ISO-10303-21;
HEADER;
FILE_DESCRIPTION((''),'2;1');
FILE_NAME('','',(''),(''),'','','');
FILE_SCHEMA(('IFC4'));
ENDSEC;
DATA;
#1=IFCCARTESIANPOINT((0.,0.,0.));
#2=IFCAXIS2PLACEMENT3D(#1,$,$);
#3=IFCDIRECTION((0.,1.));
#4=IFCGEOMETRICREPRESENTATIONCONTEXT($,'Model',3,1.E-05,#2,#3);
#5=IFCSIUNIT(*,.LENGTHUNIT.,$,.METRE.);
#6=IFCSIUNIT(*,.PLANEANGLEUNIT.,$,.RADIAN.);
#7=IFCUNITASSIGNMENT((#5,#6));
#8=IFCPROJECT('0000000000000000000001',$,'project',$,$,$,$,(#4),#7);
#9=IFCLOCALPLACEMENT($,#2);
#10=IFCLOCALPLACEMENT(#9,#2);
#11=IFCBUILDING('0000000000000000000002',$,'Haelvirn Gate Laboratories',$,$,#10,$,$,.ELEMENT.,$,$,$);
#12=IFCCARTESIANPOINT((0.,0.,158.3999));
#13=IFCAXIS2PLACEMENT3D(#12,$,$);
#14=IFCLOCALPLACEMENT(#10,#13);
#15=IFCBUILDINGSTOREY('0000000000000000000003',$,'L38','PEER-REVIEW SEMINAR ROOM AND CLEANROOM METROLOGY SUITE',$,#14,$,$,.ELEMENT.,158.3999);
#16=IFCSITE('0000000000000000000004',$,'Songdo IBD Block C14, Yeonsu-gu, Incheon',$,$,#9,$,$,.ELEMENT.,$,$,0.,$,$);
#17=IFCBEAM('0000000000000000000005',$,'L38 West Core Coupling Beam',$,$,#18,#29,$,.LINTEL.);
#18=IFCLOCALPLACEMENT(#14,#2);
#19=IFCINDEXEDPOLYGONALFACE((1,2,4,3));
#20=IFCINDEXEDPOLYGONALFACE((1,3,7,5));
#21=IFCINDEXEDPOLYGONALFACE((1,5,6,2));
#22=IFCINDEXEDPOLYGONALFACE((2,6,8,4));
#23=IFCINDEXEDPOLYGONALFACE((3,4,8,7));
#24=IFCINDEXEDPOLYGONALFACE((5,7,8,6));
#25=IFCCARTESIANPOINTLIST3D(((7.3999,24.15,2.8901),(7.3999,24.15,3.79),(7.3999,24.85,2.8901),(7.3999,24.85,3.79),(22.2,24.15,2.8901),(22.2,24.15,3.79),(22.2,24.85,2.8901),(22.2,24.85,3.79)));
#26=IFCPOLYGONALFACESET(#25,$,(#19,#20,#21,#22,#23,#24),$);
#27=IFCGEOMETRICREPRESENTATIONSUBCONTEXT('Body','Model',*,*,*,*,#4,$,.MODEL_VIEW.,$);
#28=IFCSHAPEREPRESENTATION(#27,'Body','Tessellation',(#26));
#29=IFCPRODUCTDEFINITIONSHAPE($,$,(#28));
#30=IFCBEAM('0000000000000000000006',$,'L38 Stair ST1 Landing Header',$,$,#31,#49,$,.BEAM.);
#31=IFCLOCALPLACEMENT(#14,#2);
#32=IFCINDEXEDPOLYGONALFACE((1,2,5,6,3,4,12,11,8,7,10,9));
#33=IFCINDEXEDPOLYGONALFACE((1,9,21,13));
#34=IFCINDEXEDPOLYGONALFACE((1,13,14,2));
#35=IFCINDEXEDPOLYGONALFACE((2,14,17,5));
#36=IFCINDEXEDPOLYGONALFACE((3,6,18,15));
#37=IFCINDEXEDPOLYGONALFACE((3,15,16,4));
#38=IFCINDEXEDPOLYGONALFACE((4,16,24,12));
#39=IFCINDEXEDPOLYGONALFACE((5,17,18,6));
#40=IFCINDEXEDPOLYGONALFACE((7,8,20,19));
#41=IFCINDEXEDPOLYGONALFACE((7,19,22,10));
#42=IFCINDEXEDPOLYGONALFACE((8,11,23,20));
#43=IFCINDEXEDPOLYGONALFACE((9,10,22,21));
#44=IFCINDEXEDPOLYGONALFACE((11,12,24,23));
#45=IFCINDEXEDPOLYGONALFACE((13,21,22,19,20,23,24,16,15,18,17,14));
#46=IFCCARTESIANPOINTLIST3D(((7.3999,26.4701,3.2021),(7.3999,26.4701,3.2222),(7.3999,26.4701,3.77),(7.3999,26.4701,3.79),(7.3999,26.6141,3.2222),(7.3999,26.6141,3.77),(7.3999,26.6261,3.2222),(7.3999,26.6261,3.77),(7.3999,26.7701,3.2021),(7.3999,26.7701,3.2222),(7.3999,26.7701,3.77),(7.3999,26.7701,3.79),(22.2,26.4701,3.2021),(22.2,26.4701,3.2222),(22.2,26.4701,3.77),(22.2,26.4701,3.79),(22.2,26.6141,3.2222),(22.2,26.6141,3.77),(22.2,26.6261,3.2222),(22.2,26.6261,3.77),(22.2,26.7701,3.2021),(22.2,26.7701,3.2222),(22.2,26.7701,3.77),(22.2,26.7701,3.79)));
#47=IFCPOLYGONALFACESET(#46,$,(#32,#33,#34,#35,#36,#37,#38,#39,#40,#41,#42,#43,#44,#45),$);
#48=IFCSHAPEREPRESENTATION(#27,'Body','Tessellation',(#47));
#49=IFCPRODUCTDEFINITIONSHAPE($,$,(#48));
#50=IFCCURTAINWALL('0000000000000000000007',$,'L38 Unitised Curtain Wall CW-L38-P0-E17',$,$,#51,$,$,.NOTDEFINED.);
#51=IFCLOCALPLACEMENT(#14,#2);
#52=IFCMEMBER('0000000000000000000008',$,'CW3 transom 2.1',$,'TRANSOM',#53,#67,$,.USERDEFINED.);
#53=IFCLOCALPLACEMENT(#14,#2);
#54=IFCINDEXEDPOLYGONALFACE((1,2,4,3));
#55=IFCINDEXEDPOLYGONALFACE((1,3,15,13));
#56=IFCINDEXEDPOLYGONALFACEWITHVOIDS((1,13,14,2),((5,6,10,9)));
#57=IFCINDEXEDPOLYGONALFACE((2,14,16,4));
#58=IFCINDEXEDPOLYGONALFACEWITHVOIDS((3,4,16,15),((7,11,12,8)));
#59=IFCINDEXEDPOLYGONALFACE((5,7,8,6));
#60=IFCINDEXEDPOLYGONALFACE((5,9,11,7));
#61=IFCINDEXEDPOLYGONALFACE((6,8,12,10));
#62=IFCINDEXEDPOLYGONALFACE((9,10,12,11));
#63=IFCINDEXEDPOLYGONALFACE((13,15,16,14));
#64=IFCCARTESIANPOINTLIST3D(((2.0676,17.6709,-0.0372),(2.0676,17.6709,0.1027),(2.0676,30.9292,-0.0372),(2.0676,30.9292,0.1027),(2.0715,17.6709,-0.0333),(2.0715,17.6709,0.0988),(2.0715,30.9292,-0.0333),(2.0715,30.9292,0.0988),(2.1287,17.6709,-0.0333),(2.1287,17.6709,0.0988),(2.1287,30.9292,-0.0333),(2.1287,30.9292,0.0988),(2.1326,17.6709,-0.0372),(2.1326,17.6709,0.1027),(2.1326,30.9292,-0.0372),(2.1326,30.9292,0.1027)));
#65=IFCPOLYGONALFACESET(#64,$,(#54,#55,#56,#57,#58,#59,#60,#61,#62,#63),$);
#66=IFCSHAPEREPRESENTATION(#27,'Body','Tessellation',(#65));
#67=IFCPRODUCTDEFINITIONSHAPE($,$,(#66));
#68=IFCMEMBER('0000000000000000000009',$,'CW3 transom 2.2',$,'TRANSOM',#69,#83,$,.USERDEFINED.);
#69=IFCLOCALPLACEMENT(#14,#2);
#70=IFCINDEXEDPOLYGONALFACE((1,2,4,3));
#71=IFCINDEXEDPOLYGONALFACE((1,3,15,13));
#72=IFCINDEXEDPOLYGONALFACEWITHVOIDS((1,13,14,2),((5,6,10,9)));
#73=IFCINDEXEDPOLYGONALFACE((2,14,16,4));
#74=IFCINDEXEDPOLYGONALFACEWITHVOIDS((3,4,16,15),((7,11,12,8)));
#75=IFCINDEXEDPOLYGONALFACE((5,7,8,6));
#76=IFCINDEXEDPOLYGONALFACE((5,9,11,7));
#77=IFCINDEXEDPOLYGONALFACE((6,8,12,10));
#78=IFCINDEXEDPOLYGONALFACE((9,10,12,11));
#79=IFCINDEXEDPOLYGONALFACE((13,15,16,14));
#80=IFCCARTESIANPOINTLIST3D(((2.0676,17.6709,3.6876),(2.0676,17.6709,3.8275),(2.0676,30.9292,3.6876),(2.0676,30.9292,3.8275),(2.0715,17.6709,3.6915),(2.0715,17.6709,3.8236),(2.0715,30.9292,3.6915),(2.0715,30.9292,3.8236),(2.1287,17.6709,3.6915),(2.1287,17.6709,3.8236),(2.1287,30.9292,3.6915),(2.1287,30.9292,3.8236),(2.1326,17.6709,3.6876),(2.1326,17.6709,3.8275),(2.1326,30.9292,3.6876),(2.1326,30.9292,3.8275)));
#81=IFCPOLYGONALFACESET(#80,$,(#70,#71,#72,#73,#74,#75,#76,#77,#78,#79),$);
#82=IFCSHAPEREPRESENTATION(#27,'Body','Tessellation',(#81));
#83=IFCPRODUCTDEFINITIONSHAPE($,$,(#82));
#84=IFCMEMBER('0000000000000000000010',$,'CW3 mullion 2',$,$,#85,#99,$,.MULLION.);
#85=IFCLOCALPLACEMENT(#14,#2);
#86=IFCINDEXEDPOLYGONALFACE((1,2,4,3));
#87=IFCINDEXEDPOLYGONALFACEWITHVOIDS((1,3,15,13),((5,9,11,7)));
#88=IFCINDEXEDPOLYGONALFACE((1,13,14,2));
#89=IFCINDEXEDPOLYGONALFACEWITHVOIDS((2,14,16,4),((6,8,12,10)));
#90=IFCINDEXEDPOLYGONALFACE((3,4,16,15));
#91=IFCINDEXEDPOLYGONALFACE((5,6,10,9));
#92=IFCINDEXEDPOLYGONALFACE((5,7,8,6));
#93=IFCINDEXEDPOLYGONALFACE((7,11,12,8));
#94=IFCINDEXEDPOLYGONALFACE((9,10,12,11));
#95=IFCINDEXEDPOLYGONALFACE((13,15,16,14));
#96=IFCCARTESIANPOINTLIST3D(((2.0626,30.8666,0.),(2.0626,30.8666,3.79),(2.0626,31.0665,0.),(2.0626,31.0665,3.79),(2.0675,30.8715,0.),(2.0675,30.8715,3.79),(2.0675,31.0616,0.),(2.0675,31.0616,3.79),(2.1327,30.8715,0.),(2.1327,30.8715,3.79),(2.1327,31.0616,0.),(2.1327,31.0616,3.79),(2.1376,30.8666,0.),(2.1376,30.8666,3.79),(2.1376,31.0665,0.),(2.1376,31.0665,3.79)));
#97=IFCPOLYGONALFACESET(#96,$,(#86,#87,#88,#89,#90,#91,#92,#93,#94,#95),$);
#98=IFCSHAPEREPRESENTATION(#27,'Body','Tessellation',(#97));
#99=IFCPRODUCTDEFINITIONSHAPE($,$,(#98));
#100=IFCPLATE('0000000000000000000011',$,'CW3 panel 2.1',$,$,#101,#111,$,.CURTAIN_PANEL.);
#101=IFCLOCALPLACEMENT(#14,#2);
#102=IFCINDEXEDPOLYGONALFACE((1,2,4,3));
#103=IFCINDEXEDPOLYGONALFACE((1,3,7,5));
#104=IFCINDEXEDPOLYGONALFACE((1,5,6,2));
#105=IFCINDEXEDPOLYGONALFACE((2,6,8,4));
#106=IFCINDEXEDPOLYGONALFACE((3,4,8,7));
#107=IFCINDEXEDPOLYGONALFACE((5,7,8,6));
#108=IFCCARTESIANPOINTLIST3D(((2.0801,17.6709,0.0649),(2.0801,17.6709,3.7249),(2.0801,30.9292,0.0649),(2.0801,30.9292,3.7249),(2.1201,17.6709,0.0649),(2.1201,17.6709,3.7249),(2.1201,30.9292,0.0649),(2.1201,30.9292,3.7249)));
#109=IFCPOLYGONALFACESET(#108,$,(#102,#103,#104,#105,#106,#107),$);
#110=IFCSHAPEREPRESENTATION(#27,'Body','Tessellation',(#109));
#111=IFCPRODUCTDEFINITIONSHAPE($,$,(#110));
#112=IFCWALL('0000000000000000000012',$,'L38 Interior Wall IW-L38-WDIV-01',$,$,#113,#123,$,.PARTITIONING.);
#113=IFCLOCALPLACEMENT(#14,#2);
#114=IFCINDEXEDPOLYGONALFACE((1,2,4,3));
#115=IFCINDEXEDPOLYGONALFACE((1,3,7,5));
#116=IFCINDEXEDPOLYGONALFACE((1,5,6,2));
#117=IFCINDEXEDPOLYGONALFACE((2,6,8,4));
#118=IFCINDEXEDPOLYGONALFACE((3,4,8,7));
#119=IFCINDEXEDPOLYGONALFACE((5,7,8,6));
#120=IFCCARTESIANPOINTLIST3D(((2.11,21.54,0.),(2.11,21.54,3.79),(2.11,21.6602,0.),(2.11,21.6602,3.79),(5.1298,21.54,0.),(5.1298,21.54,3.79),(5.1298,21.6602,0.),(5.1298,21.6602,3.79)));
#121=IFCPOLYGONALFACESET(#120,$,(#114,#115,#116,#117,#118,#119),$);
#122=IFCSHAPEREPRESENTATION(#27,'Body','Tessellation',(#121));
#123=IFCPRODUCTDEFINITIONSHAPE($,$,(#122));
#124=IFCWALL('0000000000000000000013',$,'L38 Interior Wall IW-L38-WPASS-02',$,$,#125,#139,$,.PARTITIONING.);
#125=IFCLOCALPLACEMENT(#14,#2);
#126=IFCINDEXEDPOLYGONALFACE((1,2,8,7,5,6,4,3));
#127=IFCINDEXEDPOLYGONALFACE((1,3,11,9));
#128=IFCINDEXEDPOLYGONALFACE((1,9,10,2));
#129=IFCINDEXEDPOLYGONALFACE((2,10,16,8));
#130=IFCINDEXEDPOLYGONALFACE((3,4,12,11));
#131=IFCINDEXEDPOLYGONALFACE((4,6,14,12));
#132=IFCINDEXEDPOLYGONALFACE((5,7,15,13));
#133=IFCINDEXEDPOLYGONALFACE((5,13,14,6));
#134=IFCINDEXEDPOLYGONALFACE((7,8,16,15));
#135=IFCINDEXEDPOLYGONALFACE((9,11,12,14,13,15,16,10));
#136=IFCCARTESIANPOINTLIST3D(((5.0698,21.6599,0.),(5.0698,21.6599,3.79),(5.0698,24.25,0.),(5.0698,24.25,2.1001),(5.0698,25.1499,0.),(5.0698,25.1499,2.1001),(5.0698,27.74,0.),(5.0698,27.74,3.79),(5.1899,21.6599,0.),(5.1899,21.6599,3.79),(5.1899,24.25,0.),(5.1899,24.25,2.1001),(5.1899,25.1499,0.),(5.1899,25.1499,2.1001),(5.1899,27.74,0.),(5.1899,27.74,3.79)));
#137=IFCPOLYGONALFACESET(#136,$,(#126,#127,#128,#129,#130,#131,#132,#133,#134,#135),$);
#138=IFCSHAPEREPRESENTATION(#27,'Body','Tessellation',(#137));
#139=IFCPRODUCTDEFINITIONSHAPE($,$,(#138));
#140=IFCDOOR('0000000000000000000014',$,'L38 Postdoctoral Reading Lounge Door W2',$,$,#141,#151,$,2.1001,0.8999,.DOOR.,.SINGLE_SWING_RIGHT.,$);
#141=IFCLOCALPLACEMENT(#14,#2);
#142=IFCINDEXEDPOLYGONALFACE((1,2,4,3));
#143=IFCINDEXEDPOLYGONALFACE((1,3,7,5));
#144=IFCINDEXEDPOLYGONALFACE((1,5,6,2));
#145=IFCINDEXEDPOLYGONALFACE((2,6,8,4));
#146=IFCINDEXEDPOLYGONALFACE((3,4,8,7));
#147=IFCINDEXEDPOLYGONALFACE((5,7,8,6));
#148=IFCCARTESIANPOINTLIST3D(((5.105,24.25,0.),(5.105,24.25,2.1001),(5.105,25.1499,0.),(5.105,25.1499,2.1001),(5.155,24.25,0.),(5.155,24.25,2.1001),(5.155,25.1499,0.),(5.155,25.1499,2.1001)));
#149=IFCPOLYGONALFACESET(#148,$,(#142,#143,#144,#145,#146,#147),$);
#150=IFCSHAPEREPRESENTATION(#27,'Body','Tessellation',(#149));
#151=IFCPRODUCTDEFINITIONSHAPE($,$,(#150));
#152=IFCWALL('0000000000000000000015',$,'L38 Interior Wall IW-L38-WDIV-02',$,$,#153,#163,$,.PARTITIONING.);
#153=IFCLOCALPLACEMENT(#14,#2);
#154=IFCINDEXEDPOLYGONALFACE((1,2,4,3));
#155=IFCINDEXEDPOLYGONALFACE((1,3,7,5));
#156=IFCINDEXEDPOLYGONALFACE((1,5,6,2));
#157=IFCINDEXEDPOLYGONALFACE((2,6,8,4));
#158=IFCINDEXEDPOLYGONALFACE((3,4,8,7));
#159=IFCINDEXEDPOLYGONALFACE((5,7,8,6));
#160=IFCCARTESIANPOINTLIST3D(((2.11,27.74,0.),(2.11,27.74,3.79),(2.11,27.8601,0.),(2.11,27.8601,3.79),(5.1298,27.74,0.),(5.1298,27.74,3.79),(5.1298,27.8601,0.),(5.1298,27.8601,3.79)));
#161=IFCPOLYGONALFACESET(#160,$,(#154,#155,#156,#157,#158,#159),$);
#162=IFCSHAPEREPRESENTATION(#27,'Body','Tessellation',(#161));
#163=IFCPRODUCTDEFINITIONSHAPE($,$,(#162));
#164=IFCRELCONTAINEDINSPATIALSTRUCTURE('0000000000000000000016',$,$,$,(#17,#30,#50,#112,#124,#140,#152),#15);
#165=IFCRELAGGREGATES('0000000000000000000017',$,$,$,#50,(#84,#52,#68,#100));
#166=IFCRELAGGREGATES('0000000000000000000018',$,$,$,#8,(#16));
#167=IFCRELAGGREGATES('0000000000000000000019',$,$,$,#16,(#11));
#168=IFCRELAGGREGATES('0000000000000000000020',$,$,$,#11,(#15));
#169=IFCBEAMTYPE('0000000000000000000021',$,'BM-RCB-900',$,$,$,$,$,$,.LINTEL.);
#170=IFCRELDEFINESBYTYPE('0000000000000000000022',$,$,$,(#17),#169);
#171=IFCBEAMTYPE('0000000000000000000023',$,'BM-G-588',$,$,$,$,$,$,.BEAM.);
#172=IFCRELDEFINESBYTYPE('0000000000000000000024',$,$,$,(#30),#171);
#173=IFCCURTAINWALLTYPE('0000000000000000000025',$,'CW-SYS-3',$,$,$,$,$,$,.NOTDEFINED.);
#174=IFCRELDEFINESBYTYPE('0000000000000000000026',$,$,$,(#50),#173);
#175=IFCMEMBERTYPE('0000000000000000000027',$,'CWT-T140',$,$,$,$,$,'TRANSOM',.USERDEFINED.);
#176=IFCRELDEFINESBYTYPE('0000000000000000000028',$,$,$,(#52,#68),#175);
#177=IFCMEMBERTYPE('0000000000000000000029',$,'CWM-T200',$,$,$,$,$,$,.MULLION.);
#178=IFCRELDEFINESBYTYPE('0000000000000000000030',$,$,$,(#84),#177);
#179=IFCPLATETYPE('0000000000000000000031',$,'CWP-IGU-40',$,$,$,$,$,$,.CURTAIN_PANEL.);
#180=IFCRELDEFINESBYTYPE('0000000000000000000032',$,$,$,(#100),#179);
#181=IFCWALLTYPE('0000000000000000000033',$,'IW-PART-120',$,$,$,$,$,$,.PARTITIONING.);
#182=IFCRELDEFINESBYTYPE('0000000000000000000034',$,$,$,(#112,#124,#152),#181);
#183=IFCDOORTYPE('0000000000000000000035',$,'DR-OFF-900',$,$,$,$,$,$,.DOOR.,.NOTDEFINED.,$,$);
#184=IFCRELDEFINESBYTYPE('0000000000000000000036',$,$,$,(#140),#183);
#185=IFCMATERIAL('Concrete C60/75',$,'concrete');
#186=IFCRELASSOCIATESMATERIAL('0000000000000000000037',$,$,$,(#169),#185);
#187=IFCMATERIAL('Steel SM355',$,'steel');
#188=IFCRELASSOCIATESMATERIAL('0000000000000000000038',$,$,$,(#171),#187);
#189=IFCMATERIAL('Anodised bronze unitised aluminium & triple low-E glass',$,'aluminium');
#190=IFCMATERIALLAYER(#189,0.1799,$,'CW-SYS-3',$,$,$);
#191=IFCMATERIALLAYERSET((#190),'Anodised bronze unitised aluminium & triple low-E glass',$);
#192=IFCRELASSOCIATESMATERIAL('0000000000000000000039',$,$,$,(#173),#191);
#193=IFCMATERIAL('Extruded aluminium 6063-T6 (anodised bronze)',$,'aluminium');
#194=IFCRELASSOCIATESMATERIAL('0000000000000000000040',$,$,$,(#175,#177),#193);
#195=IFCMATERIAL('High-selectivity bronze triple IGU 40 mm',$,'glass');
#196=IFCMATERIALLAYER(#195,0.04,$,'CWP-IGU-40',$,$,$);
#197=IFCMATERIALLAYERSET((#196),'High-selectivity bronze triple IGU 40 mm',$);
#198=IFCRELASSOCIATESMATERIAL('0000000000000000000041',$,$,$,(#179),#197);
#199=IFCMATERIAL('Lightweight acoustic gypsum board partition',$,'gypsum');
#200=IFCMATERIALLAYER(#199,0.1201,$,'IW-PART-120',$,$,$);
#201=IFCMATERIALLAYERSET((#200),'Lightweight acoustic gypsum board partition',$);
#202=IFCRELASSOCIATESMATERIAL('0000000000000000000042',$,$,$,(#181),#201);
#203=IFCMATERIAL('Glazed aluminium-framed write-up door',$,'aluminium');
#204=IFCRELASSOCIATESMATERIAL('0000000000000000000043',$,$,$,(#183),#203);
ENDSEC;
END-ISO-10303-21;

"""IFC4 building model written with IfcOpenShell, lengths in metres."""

from ifc_helpers import new_model, si_unit, direction, frame, frame_2d, origin, origin_2d, place, context, subcontext, project, spatial, rectangle, hollow_rectangle, i_section, extrude, source, transform, mapped, material, layer, layer_set, material_profile, profile_set, type_object, type_shapes, element, fill, aggregate, save


model = new_model("IFC4")

# Units and contexts
model_context = context("Model", 3, precision=1e-05, world=origin(), true_north=direction((0.0, 1.0)))
body_context = subcontext(model_context, "Body", "Model", "MODEL_VIEW")
ifc_project = project(units=[si_unit("LENGTHUNIT", "METRE"), si_unit("PLANEANGLEUNIT", "RADIAN")], contexts=[model_context])

# Site, building, storey
site_placement = place(None, origin())
site = spatial("IfcSite", under=ifc_project, at=site_placement, Name="Songdo IBD Block C14, Yeonsu-gu, Incheon", CompositionType="ELEMENT", RefElevation=0.0)
building_placement = place(site_placement, origin())
building = spatial("IfcBuilding", under=site, at=building_placement, Name="Haelvirn Gate Laboratories", CompositionType="ELEMENT")
storey_placement = place(building_placement, frame((0.0, 0.0, 158.3999)))
storey = spatial("IfcBuildingStorey", under=building, at=storey_placement, Name="L38", Description="PEER-REVIEW SEMINAR ROOM AND CLEANROOM METROLOGY SUITE", CompositionType="ELEMENT", Elevation=158.3999)

# Beams
ifc_material_1 = material(Name="Concrete C60/75", Category="concrete")
ifc_material_profile_1 = material_profile(ifc_material_1, rectangle(XDim=0.7, YDim=0.8999, at=origin_2d()), Name="RCB-700x900")
ifc_profile_set_1 = profile_set([ifc_material_profile_1], Name="Concrete C60/75")
beam_type_1 = type_object("IfcBeamType", Name="BM-RCB-900", PredefinedType="LINTEL", material=ifc_profile_set_1)
shared_shape_1 = source(origin(), body_context, "Body", "SweptSolid", [
    extrude(rectangle(XDim=0.7, YDim=0.8999, at=origin_2d()), origin(), (0.0, 0.0, 1.0), 14.8),
])
type_shapes(beam_type_1, [shared_shape_1])
beam_1_placement = place(storey_placement, frame((7.3999, 24.5, 3.3401), z_axis=(1.0, 0.0, 0.0), x_axis=(0.0, 1.0, 0.0)))
element("IfcBeam", 1, at=beam_1_placement, inside=storey, type_object=beam_type_1, Name="L38 West Core Coupling Beam", PredefinedType="LINTEL", context=body_context, shape_type="MappedRepresentation", body=[
    mapped(shared_shape_1, transform((0.0, 0.0, 0.0), scale=1.0)),
])
ifc_material_2 = material(Name="Steel SM355", Category="steel")
ifc_material_profile_2 = material_profile(ifc_material_2, i_section(OverallWidth=0.3, OverallDepth=0.5879, WebThickness=0.012, FlangeThickness=0.02, at=origin_2d()), Name="H-588x300x12x20")
ifc_profile_set_2 = profile_set([ifc_material_profile_2], Name="Steel SM355")
beam_type_2 = type_object("IfcBeamType", Name="BM-G-588", PredefinedType="BEAM", material=ifc_profile_set_2)
shared_shape_2 = source(origin(), body_context, "Body", "SweptSolid", [
    extrude(i_section(OverallWidth=0.3, OverallDepth=0.5879, WebThickness=0.012, FlangeThickness=0.02, at=origin_2d()), origin(), (0.0, 0.0, 1.0), 14.8),
])
type_shapes(beam_type_2, [shared_shape_2])
beam_2_placement = place(storey_placement, frame((7.3999, 26.6201, 3.4961), z_axis=(1.0, 0.0, 0.0), x_axis=(0.0, 1.0, 0.0)))
element("IfcBeam", 2, at=beam_2_placement, inside=storey, type_object=beam_type_2, Name="L38 Stair ST1 Landing Header", PredefinedType="BEAM", context=body_context, shape_type="MappedRepresentation", body=[
    mapped(shared_shape_2, transform((0.0, 0.0, 0.0), scale=1.0)),
])

# Curtain wall, members, plate
ifc_material_3 = material(Name="Anodised bronze unitised aluminium & triple low-E glass", Category="aluminium")
ifc_layer_1 = layer(ifc_material_3, 0.1799, Name="CW-SYS-3")
ifc_layer_set_1 = layer_set([ifc_layer_1], Name="Anodised bronze unitised aluminium & triple low-E glass")
curtain_wall_type = type_object("IfcCurtainWallType", Name="CW-SYS-3", PredefinedType="NOTDEFINED", material=ifc_layer_set_1)
curtain_wall_placement = place(storey_placement, origin())
curtain_wall = element("IfcCurtainWall", 3, at=curtain_wall_placement, inside=storey, type_object=curtain_wall_type, Name="L38 Unitised Curtain Wall CW-L38-P0-E17", PredefinedType="NOTDEFINED")
ifc_material_4 = material(Name="Extruded aluminium 6063-T6 (anodised bronze)", Category="aluminium")
ifc_material_profile_3 = material_profile(ifc_material_4, hollow_rectangle(XDim=0.0649, YDim=0.1399, WallThickness=0.0039, at=origin_2d()), Name="CWT-140x65x4")
ifc_profile_set_3 = profile_set([ifc_material_profile_3], Name="Extruded aluminium 6063-T6 (anodised bronze)")
member_type_1 = type_object("IfcMemberType", Name="CWT-T140", ElementType="TRANSOM", PredefinedType="USERDEFINED", material=ifc_profile_set_3)
shared_shape_3 = source(origin(), body_context, "Body", "SweptSolid", [
    extrude(hollow_rectangle(XDim=0.0649, YDim=0.1399, WallThickness=0.0039, at=origin_2d()), origin(), (0.0, 0.0, 1.0), 13.2583),
])
type_shapes(member_type_1, [shared_shape_3])
member_1_placement = place(storey_placement, frame((2.1001, 30.9292, 0.0327), z_axis=(0.0, -1.0, 0.0), x_axis=(1.0, 0.0, 0.0)))
member_1 = element("IfcMember", 4, at=member_1_placement, type_object=member_type_1, Name="CW3 transom 2.1", ObjectType="TRANSOM", PredefinedType="USERDEFINED", context=body_context, shape_type="MappedRepresentation", body=[
    mapped(shared_shape_3, transform((0.0, 0.0, 0.0), scale=1.0)),
])
member_2_placement = place(storey_placement, frame((2.1001, 30.9292, 3.7576), z_axis=(0.0, -1.0, 0.0), x_axis=(1.0, 0.0, 0.0)))
member_2 = element("IfcMember", 5, at=member_2_placement, type_object=member_type_1, Name="CW3 transom 2.2", ObjectType="TRANSOM", PredefinedType="USERDEFINED", context=body_context, shape_type="MappedRepresentation", body=[
    mapped(shared_shape_3, transform((0.0, 0.0, 0.0), scale=1.0)),
])
ifc_material_profile_4 = material_profile(ifc_material_4, hollow_rectangle(XDim=0.075, YDim=0.2, WallThickness=0.0049, at=origin_2d()), Name="CWM-200x75x5")
ifc_profile_set_4 = profile_set([ifc_material_profile_4], Name="Extruded aluminium 6063-T6 (anodised bronze)")
member_type_2 = type_object("IfcMemberType", Name="CWM-T200", PredefinedType="MULLION", material=ifc_profile_set_4)
shared_shape_4 = source(origin(), body_context, "Body", "SweptSolid", [
    extrude(hollow_rectangle(XDim=0.075, YDim=0.2, WallThickness=0.0049, at=origin_2d()), origin(), (0.0, 0.0, 1.0), 3.79),
])
type_shapes(member_type_2, [shared_shape_4])
member_3_placement = place(storey_placement, frame((2.1001, 30.9666, 0.0), z_axis=(0.0, 0.0, 1.0), x_axis=(1.0, 0.0, 0.0)))
member_3 = element("IfcMember", 6, at=member_3_placement, type_object=member_type_2, Name="CW3 mullion 2", PredefinedType="MULLION", context=body_context, shape_type="MappedRepresentation", body=[
    mapped(shared_shape_4, transform((0.0, 0.0, 0.0), scale=1.0)),
])
ifc_material_5 = material(Name="High-selectivity bronze triple IGU 40 mm", Category="glass")
ifc_layer_2 = layer(ifc_material_5, 0.04, Name="CWP-IGU-40")
ifc_layer_set_2 = layer_set([ifc_layer_2], Name="High-selectivity bronze triple IGU 40 mm")
plate_type = type_object("IfcPlateType", Name="CWP-IGU-40", PredefinedType="CURTAIN_PANEL", material=ifc_layer_set_2)
shared_shape_5 = source(origin(), body_context, "Body", "SweptSolid", [
    extrude(rectangle(XDim=13.2583, YDim=0.04, at=origin_2d()), origin(), (0.0, 0.0, 1.0), 3.6599),
])
type_shapes(plate_type, [shared_shape_5])
plate_placement = place(storey_placement, frame((2.1001, 24.3, 0.0649), z_axis=(0.0, 0.0, 1.0), x_axis=(0.0, -1.0, 0.0)))
plate = element("IfcPlate", 7, at=plate_placement, type_object=plate_type, Name="CW3 panel 2.1", PredefinedType="CURTAIN_PANEL", context=body_context, shape_type="MappedRepresentation", body=[
    mapped(shared_shape_5, transform((0.0, 0.0, 0.0), scale=1.0)),
])
aggregate(curtain_wall, [member_3, member_1, member_2, plate])

# Wall
ifc_material_6 = material(Name="Lightweight acoustic gypsum board partition", Category="gypsum")
ifc_layer_3 = layer(ifc_material_6, 0.1201, Name="IW-PART-120")
ifc_layer_set_3 = layer_set([ifc_layer_3], Name="Lightweight acoustic gypsum board partition")
wall_type_1 = type_object("IfcWallType", Name="IW-PART-120", PredefinedType="PARTITIONING", material=ifc_layer_set_3)
wall_1_placement = place(storey_placement, frame((2.1101, 21.6001, 0.0), z_axis=(0.0, 0.0, 1.0), x_axis=(1.0, 0.0, 0.0)))
element("IfcWall", 8, at=wall_1_placement, inside=storey, type_object=wall_type_1, Name="L38 Interior Wall IW-L38-WDIV-01", PredefinedType="PARTITIONING", context=body_context, shape_type="SweptSolid", body=[
    extrude(rectangle(XDim=3.0198, YDim=0.1201, at=frame_2d((1.5098, 0.0))), origin(), (0.0, 0.0, 1.0), 3.79),
])

# Wall, opening, door
wall_2_placement = place(storey_placement, frame((5.1299, 21.6599, 0.0), z_axis=(0.0, 0.0, 1.0), x_axis=(0.0, 1.0, 0.0)))
wall_2 = element("IfcWall", 9, at=wall_2_placement, inside=storey, type_object=wall_type_1, Name="L38 Interior Wall IW-L38-WPASS-02", PredefinedType="PARTITIONING", context=body_context, shape_type="SweptSolid", body=[
    extrude(rectangle(XDim=6.0801, YDim=0.1201, at=frame_2d((3.04, 0.0))), origin(), (0.0, 0.0, 1.0), 3.79),
])
opening_1_placement = place(wall_2_placement, frame((2.5901, 0.0, 0.0)))
opening_1 = element("IfcOpeningElement", 10, at=opening_1_placement, cuts=wall_2, PredefinedType="OPENING", context=body_context, shape_type="SweptSolid", body=[
    extrude(rectangle(XDim=0.8999, YDim=2.1001, at=frame_2d((0.45, 1.05))), frame((0.0, 0.0701, 0.0), z_axis=(0.0, -1.0, 0.0), x_axis=(1.0, 0.0, 0.0)), (0.0, 0.0, 1.0), 0.1401),
])
ifc_material_7 = material(Name="Glazed aluminium-framed write-up door", Category="aluminium")
door_type_1 = type_object("IfcDoorType", Name="DR-OFF-900", OperationType="NOTDEFINED", PredefinedType="DOOR", material=ifc_material_7)
shared_shape_6 = source(origin(), body_context, "Body", "SweptSolid", [
    extrude(rectangle(XDim=0.8999, YDim=2.1001, at=frame_2d((0.45, 1.05))), frame((0.0, 0.0249, 0.0), z_axis=(0.0, -1.0, 0.0), x_axis=(1.0, 0.0, 0.0)), (0.0, 0.0, 1.0), 0.05),
])
type_shapes(door_type_1, [shared_shape_6])
door_1_placement = place(opening_1_placement, origin())
door_1 = element("IfcDoor", 11, at=door_1_placement, inside=storey, type_object=door_type_1, Name="L38 Postdoctoral Reading Lounge Door W2", OperationType="SINGLE_SWING_RIGHT", OverallHeight=2.1001, OverallWidth=0.8999, PredefinedType="DOOR", context=body_context, shape_type="MappedRepresentation", body=[
    mapped(shared_shape_6, transform((0.0, 0.0, 0.0), scale=1.0)),
])
fill(opening_1, door_1)

# Wall
wall_3_placement = place(storey_placement, frame((2.1101, 27.8, 0.0), z_axis=(0.0, 0.0, 1.0), x_axis=(1.0, 0.0, 0.0)))
element("IfcWall", 12, at=wall_3_placement, inside=storey, type_object=wall_type_1, Name="L38 Interior Wall IW-L38-WDIV-02", PredefinedType="PARTITIONING", context=body_context, shape_type="SweptSolid", body=[
    extrude(rectangle(XDim=3.0198, YDim=0.1201, at=frame_2d((1.5098, 0.0))), origin(), (0.0, 0.0, 1.0), 3.79),
])

save(model, "model.ifc")
